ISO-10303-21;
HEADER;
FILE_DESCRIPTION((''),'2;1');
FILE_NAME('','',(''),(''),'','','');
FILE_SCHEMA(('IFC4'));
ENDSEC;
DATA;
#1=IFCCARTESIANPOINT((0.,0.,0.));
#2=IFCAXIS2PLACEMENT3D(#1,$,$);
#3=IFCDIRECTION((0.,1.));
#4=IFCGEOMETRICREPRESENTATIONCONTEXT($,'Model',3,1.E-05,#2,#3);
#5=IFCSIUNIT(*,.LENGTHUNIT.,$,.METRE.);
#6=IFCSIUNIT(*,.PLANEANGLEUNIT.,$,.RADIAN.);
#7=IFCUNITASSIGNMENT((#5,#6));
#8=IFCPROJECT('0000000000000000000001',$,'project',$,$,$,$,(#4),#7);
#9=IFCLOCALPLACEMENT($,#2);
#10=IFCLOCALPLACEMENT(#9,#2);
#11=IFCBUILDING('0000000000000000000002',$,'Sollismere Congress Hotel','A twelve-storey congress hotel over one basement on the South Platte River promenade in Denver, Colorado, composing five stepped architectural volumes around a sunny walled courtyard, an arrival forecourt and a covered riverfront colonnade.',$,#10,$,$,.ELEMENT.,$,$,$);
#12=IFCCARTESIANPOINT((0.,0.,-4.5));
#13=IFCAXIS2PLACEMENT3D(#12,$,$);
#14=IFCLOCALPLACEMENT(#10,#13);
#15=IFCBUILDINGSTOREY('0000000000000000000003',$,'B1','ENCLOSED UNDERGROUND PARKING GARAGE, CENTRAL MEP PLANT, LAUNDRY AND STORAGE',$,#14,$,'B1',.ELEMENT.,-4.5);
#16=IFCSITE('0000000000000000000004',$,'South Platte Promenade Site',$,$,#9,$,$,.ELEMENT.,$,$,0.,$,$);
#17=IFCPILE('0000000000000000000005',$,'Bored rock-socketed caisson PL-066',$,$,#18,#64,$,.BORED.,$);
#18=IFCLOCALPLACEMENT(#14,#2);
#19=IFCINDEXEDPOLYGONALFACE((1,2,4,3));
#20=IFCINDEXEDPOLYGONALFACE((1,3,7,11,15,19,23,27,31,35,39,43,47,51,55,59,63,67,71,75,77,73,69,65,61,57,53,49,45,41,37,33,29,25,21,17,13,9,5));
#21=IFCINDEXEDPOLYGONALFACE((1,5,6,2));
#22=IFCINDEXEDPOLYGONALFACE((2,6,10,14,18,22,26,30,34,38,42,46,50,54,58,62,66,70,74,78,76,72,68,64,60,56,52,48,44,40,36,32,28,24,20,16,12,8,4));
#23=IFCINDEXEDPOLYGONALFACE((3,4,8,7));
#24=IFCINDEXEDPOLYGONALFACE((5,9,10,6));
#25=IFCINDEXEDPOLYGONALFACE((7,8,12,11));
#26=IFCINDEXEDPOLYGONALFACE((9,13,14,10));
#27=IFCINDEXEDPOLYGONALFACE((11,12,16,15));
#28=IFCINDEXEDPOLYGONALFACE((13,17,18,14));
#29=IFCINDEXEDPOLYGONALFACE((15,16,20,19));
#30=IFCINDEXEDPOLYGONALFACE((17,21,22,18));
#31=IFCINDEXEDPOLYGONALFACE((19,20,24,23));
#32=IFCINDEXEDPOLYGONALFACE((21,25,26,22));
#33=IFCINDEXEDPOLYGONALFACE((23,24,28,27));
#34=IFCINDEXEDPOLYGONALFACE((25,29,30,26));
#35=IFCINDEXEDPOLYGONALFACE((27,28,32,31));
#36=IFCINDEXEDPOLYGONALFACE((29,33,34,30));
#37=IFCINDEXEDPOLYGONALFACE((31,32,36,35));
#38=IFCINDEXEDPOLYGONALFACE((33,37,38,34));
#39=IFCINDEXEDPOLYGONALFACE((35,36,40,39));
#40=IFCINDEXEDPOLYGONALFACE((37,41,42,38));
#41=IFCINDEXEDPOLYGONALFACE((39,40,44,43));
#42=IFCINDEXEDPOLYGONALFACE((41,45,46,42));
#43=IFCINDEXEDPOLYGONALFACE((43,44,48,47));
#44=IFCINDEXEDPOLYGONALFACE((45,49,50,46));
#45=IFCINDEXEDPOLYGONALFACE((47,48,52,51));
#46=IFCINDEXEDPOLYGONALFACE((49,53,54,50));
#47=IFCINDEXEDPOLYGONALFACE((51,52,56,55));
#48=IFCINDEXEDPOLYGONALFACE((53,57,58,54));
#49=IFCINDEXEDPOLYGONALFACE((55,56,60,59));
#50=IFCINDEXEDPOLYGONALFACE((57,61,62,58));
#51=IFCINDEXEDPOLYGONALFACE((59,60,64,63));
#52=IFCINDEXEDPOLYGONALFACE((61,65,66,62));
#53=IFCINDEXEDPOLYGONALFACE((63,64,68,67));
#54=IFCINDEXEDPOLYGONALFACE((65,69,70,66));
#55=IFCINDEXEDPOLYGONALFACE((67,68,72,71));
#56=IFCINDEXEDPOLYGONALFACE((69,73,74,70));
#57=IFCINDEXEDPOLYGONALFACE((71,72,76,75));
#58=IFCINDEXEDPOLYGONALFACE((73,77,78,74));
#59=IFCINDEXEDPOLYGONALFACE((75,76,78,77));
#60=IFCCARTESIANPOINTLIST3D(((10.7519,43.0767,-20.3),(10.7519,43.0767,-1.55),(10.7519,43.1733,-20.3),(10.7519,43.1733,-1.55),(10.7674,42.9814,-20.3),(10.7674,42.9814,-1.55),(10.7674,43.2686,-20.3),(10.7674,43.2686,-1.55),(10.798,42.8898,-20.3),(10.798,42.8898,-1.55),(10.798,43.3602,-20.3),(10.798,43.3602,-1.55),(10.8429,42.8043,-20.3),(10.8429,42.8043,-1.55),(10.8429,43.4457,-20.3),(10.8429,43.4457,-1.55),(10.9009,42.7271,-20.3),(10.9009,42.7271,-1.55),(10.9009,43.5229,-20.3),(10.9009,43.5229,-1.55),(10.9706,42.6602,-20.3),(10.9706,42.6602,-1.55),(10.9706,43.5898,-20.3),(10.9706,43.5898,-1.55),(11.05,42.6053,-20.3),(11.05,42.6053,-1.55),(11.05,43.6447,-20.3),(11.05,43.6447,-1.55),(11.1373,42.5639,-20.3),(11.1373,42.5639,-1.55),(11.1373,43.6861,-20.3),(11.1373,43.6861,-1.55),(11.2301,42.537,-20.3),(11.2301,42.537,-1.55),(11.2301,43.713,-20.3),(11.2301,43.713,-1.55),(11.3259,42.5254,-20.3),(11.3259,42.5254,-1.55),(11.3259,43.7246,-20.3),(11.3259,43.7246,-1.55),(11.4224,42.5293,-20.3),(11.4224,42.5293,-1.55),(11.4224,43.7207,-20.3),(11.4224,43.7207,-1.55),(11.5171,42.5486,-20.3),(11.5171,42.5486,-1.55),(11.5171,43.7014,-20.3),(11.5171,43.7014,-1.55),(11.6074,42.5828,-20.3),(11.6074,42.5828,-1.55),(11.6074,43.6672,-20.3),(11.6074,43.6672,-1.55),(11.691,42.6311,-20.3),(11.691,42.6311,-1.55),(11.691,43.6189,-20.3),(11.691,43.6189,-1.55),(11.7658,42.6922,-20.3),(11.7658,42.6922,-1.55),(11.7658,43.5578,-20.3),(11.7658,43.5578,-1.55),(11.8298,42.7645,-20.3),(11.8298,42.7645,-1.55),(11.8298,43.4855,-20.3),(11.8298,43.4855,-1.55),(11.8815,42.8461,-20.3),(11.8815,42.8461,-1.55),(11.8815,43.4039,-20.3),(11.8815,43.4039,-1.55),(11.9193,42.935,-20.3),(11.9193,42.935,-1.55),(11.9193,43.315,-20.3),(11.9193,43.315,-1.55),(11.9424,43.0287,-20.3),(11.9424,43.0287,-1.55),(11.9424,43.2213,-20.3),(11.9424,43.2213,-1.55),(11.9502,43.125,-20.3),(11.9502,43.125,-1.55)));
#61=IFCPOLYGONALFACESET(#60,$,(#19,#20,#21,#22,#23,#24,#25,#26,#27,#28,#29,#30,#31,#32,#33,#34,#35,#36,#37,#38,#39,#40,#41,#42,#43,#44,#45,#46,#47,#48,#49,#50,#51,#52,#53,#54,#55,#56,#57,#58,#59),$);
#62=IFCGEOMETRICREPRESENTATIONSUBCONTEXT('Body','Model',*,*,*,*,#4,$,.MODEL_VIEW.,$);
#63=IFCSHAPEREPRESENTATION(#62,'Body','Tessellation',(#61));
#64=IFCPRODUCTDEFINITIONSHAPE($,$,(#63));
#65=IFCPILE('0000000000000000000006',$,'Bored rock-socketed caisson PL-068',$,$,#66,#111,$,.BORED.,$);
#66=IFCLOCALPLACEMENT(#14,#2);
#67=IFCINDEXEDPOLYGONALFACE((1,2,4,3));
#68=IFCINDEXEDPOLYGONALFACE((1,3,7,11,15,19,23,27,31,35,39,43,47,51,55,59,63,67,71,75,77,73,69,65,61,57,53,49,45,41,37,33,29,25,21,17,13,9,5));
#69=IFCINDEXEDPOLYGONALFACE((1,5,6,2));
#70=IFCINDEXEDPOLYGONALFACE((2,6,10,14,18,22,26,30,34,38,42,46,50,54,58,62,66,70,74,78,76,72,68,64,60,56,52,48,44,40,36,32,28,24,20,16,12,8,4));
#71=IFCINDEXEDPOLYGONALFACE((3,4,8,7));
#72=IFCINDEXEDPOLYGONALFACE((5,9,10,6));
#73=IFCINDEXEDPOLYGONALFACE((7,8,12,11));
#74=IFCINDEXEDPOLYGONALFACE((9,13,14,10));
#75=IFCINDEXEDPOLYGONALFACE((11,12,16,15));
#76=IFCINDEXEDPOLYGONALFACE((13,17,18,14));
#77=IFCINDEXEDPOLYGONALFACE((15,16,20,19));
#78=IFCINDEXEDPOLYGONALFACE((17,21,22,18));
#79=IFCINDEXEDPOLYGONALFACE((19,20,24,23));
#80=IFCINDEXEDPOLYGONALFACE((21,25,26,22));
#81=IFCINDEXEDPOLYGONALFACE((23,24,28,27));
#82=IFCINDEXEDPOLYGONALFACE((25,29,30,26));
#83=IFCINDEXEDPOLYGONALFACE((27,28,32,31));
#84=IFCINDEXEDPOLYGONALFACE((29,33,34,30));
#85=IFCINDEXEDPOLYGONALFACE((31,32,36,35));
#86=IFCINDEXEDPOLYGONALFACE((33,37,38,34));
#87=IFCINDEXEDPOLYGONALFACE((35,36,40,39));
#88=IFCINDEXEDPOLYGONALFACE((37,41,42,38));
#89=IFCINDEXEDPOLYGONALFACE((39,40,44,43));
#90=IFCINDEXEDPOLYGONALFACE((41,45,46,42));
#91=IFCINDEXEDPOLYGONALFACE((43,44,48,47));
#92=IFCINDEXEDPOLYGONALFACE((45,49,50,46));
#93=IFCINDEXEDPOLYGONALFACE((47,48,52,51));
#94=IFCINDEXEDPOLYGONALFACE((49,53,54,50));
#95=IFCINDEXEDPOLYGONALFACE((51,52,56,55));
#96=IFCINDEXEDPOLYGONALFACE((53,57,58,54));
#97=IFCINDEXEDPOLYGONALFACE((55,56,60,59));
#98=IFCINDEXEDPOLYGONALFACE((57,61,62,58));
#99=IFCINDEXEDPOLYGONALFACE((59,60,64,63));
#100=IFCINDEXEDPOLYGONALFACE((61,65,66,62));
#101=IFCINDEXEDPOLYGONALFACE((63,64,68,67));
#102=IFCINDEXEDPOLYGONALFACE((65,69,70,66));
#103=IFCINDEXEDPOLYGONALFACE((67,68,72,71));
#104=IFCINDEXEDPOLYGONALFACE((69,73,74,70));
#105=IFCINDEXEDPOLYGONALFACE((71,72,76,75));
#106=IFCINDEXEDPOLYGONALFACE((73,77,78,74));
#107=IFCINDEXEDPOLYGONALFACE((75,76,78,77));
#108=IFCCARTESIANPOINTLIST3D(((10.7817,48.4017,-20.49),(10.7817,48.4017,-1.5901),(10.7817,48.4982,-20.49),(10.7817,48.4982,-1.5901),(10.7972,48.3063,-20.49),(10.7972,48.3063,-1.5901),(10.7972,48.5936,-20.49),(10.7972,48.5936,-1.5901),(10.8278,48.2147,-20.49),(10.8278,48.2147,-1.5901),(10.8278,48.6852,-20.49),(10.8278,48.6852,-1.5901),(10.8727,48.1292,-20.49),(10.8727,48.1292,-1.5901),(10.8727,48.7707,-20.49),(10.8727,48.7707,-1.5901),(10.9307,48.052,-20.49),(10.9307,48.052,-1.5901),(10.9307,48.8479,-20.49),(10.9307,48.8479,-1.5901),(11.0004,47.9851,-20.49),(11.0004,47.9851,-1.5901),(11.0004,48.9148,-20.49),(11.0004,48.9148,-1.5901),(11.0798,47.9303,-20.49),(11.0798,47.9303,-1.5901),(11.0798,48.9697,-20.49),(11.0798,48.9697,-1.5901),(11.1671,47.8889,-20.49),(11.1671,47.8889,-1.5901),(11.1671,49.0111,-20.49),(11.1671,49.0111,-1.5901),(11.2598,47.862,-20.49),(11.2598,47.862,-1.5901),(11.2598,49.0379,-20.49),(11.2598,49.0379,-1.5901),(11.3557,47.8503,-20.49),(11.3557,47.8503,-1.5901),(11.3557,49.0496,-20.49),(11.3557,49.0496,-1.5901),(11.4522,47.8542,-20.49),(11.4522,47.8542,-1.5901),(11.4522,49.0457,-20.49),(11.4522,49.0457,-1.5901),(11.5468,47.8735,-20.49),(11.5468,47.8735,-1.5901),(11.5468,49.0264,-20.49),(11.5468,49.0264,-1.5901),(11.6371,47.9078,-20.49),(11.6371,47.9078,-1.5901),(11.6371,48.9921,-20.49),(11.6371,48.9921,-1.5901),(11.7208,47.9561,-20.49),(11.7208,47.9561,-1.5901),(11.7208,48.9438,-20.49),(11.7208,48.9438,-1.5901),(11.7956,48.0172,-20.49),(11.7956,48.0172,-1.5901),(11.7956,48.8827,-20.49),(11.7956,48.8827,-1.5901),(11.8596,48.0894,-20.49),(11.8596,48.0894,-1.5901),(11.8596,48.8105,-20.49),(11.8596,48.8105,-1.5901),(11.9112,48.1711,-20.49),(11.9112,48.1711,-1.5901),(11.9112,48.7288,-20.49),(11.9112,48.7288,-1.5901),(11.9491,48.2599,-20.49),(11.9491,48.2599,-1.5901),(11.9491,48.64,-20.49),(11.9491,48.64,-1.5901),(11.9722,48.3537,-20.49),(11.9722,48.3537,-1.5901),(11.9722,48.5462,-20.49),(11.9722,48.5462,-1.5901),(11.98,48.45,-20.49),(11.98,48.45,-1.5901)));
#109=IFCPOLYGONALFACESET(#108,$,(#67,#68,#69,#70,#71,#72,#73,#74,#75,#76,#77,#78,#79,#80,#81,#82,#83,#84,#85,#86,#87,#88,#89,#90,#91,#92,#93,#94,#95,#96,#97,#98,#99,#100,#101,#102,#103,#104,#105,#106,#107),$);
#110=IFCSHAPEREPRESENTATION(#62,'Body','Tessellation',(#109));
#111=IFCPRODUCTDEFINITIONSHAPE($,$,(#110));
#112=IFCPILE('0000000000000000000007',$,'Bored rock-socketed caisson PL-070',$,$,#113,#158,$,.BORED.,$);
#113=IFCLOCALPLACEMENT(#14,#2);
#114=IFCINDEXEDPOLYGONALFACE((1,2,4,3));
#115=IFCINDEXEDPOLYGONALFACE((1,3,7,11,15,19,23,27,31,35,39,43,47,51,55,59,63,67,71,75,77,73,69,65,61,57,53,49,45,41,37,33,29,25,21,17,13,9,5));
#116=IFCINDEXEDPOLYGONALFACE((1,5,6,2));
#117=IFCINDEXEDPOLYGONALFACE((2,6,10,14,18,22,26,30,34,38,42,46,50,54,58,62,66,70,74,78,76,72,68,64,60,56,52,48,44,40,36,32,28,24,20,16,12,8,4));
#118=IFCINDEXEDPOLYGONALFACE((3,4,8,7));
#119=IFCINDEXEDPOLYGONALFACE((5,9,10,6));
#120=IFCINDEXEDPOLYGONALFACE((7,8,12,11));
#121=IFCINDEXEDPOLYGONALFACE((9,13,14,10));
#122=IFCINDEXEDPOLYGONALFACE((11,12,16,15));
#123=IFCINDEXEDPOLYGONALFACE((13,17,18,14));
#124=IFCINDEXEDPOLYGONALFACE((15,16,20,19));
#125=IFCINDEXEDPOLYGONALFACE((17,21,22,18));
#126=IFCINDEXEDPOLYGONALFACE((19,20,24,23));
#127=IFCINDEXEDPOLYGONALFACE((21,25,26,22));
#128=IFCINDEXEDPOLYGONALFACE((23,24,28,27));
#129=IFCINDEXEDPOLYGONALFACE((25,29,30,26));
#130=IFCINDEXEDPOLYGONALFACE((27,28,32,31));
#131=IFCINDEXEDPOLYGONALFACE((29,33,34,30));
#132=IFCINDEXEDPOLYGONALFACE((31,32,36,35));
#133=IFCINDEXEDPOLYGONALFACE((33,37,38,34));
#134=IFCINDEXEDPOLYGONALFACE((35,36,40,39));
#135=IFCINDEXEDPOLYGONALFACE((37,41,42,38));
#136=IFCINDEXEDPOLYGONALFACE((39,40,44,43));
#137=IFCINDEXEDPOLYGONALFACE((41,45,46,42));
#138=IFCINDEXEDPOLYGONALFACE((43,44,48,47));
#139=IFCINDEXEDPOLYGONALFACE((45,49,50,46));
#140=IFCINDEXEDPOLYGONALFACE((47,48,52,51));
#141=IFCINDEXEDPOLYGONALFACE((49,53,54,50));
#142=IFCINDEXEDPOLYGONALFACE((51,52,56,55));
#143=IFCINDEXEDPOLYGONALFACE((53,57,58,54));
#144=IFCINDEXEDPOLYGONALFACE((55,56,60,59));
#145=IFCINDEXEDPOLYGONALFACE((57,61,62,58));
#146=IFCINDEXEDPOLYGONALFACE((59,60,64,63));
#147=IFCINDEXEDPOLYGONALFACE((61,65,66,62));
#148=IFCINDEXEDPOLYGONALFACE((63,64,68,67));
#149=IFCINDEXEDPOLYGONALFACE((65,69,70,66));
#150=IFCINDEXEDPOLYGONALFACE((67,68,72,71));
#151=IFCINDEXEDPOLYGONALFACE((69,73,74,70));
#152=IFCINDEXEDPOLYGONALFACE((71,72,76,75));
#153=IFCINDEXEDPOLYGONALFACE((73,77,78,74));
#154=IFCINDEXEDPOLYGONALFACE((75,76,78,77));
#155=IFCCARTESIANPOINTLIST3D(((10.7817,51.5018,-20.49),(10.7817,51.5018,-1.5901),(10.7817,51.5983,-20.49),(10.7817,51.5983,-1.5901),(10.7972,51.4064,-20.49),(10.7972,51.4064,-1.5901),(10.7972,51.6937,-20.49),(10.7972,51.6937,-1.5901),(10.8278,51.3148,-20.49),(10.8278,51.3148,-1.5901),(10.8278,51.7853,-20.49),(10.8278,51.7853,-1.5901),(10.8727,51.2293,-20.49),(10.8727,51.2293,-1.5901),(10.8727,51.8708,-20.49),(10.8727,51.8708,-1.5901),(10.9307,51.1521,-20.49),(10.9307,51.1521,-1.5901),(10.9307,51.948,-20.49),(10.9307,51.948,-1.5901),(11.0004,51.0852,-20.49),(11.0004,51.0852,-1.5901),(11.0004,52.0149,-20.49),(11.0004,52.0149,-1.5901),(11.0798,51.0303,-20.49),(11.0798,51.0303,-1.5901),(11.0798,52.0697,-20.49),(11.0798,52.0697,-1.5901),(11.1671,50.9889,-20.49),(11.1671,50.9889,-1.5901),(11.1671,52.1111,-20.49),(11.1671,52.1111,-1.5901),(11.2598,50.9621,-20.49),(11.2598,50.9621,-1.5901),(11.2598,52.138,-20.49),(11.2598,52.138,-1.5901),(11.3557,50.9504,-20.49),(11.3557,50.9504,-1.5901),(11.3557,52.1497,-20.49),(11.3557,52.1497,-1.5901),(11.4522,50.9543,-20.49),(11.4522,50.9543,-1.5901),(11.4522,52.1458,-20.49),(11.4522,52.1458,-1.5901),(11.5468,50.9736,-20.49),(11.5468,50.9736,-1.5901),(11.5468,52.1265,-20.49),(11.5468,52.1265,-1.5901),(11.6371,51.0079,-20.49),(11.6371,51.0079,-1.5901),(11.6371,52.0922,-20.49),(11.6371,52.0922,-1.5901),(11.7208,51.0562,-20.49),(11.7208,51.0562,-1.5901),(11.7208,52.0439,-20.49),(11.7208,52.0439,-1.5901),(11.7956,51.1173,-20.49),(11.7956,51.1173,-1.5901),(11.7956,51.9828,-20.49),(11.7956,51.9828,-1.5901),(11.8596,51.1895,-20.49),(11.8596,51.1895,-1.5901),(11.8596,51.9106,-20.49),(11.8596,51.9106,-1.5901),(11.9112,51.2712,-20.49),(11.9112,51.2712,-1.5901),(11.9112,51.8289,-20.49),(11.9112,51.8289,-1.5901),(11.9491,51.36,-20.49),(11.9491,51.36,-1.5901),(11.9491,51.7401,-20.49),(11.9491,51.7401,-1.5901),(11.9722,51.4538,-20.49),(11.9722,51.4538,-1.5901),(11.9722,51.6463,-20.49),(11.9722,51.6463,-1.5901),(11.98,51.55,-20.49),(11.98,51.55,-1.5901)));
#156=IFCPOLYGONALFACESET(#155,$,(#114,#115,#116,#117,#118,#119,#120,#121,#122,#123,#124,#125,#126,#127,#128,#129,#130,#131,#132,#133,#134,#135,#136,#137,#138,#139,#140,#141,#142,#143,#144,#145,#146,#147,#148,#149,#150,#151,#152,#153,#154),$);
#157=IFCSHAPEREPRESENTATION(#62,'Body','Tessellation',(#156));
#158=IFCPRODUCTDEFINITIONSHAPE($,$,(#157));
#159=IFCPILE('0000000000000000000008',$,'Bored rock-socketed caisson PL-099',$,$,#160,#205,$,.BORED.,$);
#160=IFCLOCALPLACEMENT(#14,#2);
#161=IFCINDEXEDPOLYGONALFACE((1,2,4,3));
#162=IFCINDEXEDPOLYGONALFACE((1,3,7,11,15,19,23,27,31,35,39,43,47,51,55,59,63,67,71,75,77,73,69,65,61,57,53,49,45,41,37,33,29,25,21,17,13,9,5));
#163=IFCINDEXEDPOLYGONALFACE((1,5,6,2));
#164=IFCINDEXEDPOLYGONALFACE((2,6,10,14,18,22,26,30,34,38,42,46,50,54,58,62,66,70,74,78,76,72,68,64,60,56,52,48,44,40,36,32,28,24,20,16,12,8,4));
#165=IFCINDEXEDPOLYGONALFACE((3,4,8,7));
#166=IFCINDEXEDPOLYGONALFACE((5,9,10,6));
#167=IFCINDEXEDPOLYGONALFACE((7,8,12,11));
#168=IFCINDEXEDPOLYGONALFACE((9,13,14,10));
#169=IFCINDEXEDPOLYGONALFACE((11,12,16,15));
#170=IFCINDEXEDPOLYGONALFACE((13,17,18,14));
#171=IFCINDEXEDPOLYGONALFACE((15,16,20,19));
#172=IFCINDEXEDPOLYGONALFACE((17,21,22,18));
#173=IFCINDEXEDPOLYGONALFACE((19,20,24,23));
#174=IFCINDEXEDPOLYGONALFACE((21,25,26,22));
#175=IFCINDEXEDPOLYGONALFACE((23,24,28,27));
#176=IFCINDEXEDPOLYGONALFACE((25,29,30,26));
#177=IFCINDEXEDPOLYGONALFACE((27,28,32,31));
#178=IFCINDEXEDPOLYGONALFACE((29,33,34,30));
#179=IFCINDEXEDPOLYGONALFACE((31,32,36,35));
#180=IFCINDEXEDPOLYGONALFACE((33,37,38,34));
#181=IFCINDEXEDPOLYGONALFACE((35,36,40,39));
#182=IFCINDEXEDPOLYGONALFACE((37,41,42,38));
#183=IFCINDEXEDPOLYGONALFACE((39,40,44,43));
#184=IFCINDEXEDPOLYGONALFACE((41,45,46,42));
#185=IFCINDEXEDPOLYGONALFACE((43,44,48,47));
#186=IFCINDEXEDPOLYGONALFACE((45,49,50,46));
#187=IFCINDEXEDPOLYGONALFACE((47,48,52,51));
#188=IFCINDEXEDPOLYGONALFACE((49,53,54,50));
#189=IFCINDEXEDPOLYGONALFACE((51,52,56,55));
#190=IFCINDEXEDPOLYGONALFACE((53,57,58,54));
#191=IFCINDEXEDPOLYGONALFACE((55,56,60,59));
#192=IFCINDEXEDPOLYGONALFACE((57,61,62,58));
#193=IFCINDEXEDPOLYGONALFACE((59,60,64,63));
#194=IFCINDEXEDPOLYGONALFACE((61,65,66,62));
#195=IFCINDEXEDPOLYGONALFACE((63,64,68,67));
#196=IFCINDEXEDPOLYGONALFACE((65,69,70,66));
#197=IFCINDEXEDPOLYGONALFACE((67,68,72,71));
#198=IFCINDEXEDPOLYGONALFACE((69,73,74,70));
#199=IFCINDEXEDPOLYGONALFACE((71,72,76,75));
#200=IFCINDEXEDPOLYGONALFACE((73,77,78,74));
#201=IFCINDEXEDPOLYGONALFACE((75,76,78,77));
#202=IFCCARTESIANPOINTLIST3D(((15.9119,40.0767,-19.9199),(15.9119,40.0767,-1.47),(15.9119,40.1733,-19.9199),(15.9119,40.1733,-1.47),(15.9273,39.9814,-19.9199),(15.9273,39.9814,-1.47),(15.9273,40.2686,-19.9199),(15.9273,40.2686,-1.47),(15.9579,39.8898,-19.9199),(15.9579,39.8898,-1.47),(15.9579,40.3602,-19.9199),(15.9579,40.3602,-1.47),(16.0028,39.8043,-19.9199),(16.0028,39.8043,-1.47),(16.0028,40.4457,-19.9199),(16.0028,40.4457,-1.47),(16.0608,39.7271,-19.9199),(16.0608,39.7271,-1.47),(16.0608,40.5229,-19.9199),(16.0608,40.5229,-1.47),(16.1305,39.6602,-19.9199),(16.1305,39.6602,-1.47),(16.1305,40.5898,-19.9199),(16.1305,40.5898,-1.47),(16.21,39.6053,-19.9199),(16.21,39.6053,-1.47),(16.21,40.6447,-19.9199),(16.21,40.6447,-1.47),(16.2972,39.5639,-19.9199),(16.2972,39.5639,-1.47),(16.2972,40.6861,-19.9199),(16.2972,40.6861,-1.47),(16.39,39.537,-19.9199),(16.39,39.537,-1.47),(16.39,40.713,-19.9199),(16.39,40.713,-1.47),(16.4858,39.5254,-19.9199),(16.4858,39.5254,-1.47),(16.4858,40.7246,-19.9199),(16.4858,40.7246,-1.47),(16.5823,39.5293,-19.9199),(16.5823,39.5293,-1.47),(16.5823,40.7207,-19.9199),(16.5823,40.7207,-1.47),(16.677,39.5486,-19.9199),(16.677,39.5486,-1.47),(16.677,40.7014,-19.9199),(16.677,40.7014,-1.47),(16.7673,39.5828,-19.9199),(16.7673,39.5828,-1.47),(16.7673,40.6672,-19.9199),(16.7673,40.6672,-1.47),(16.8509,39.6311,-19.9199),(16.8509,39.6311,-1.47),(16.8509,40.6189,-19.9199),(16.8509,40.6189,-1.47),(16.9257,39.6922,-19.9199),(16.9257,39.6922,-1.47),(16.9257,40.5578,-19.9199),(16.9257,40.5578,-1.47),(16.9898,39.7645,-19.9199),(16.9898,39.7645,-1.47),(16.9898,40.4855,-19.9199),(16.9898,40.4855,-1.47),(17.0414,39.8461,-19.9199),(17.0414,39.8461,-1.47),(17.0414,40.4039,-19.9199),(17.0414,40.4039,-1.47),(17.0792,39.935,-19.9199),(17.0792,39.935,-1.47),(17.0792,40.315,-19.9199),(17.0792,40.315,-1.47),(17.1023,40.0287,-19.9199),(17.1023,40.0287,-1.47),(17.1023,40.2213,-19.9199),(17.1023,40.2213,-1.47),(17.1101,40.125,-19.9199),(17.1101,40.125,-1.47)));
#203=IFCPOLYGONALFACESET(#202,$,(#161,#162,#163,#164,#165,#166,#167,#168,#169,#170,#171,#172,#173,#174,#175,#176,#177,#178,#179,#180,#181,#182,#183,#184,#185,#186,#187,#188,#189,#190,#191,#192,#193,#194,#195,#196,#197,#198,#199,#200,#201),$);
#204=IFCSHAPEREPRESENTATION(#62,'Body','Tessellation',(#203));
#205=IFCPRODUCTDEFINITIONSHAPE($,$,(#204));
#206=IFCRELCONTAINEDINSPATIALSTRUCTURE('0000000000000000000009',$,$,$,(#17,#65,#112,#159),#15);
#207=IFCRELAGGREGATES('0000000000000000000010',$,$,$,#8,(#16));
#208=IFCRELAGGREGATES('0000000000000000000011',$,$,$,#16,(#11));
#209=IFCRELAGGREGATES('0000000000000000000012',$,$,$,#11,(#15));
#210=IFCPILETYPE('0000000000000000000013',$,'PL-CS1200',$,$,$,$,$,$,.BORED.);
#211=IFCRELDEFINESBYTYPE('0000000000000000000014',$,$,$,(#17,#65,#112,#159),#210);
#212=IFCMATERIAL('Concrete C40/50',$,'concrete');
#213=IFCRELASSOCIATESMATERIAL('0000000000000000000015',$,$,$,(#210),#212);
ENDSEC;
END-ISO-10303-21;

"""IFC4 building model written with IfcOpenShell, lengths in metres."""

from ifc_helpers import new_model, si_unit, direction, frame, origin, origin_2d, place, context, subcontext, project, spatial, circle, extrude, material, material_profile, profile_set, type_object, element, save


model = new_model("IFC4")

# Units and contexts
model_context = context("Model", 3, precision=1e-05, world=origin(), true_north=direction((0.0, 1.0)))
body_context = subcontext(model_context, "Body", "Model", "MODEL_VIEW")
ifc_project = project(units=[si_unit("LENGTHUNIT", "METRE"), si_unit("PLANEANGLEUNIT", "RADIAN")], contexts=[model_context])

# Site, building, storey
site_placement = place(None, origin())
site = spatial("IfcSite", under=ifc_project, at=site_placement, Name="South Platte Promenade Site", CompositionType="ELEMENT", RefElevation=0.0)
building_placement = place(site_placement, origin())
building = spatial("IfcBuilding", under=site, at=building_placement, Name="Sollismere Congress Hotel", Description="A twelve-storey congress hotel over one basement on the South Platte River promenade in Denver, Colorado, composing five stepped architectural volumes around a sunny walled courtyard, an arrival forecourt and a covered riverfront colonnade.", CompositionType="ELEMENT")
storey_placement = place(building_placement, frame((0.0, 0.0, -4.5)))
storey = spatial("IfcBuildingStorey", under=building, at=storey_placement, Name="B1", Description="ENCLOSED UNDERGROUND PARKING GARAGE, CENTRAL MEP PLANT, LAUNDRY AND STORAGE", LongName="B1", CompositionType="ELEMENT", Elevation=-4.5)

# Shared definitions
ifc_material_1 = material(Name="Concrete C40/50", Category="concrete")

# Piles
ifc_material_profile_1 = material_profile(ifc_material_1, circle(Radius=0.6001, at=origin_2d()), Name="CAISSON1200")
ifc_profile_set_1 = profile_set([ifc_material_profile_1], Name="Concrete C40/50")
pile_type = type_object("IfcPileType", Name="PL-CS1200", PredefinedType="BORED", material=ifc_profile_set_1)
for number, where, z_axis, x_axis, name in (
    (1, (11.3501, 43.125, -1.55), (0.0, 0.0, -1.0), (1.0, 0.0, 0.0), "Bored rock-socketed caisson PL-066"),
):
    element("IfcPile", number, at=place(storey_placement, frame(where, z_axis=z_axis, x_axis=x_axis)), inside=storey, type_object=pile_type, Name=name, PredefinedType="BORED", context=body_context, shape_type="SweptSolid", body=[
        extrude(circle(Radius=0.6001, at=origin_2d()), origin(), (0.0, 0.0, 1.0), 18.75),
    ])
for number, where, z_axis, x_axis, name in (
    (2, (11.3799, 48.45, -1.5901), (0.0, 0.0, -1.0), (1.0, 0.0, 0.0), "Bored rock-socketed caisson PL-068"),
    (3, (11.3799, 51.55, -1.5901), (0.0, 0.0, -1.0), (1.0, 0.0, 0.0), "Bored rock-socketed caisson PL-070"),
):
    element("IfcPile", number, at=place(storey_placement, frame(where, z_axis=z_axis, x_axis=x_axis)), inside=storey, type_object=pile_type, Name=name, PredefinedType="BORED", context=body_context, shape_type="SweptSolid", body=[
        extrude(circle(Radius=0.6001, at=origin_2d()), origin(), (0.0, 0.0, 1.0), 18.8999),
    ])
for number, where, z_axis, x_axis, name in (
    (4, (16.51, 40.125, -1.47), (0.0, 0.0, -1.0), (1.0, 0.0, 0.0), "Bored rock-socketed caisson PL-099"),
):
    element("IfcPile", number, at=place(storey_placement, frame(where, z_axis=z_axis, x_axis=x_axis)), inside=storey, type_object=pile_type, Name=name, PredefinedType="BORED", context=body_context, shape_type="SweptSolid", body=[
        extrude(circle(Radius=0.6001, at=origin_2d()), origin(), (0.0, 0.0, 1.0), 18.45),
    ])

save(model, "model.ifc")
